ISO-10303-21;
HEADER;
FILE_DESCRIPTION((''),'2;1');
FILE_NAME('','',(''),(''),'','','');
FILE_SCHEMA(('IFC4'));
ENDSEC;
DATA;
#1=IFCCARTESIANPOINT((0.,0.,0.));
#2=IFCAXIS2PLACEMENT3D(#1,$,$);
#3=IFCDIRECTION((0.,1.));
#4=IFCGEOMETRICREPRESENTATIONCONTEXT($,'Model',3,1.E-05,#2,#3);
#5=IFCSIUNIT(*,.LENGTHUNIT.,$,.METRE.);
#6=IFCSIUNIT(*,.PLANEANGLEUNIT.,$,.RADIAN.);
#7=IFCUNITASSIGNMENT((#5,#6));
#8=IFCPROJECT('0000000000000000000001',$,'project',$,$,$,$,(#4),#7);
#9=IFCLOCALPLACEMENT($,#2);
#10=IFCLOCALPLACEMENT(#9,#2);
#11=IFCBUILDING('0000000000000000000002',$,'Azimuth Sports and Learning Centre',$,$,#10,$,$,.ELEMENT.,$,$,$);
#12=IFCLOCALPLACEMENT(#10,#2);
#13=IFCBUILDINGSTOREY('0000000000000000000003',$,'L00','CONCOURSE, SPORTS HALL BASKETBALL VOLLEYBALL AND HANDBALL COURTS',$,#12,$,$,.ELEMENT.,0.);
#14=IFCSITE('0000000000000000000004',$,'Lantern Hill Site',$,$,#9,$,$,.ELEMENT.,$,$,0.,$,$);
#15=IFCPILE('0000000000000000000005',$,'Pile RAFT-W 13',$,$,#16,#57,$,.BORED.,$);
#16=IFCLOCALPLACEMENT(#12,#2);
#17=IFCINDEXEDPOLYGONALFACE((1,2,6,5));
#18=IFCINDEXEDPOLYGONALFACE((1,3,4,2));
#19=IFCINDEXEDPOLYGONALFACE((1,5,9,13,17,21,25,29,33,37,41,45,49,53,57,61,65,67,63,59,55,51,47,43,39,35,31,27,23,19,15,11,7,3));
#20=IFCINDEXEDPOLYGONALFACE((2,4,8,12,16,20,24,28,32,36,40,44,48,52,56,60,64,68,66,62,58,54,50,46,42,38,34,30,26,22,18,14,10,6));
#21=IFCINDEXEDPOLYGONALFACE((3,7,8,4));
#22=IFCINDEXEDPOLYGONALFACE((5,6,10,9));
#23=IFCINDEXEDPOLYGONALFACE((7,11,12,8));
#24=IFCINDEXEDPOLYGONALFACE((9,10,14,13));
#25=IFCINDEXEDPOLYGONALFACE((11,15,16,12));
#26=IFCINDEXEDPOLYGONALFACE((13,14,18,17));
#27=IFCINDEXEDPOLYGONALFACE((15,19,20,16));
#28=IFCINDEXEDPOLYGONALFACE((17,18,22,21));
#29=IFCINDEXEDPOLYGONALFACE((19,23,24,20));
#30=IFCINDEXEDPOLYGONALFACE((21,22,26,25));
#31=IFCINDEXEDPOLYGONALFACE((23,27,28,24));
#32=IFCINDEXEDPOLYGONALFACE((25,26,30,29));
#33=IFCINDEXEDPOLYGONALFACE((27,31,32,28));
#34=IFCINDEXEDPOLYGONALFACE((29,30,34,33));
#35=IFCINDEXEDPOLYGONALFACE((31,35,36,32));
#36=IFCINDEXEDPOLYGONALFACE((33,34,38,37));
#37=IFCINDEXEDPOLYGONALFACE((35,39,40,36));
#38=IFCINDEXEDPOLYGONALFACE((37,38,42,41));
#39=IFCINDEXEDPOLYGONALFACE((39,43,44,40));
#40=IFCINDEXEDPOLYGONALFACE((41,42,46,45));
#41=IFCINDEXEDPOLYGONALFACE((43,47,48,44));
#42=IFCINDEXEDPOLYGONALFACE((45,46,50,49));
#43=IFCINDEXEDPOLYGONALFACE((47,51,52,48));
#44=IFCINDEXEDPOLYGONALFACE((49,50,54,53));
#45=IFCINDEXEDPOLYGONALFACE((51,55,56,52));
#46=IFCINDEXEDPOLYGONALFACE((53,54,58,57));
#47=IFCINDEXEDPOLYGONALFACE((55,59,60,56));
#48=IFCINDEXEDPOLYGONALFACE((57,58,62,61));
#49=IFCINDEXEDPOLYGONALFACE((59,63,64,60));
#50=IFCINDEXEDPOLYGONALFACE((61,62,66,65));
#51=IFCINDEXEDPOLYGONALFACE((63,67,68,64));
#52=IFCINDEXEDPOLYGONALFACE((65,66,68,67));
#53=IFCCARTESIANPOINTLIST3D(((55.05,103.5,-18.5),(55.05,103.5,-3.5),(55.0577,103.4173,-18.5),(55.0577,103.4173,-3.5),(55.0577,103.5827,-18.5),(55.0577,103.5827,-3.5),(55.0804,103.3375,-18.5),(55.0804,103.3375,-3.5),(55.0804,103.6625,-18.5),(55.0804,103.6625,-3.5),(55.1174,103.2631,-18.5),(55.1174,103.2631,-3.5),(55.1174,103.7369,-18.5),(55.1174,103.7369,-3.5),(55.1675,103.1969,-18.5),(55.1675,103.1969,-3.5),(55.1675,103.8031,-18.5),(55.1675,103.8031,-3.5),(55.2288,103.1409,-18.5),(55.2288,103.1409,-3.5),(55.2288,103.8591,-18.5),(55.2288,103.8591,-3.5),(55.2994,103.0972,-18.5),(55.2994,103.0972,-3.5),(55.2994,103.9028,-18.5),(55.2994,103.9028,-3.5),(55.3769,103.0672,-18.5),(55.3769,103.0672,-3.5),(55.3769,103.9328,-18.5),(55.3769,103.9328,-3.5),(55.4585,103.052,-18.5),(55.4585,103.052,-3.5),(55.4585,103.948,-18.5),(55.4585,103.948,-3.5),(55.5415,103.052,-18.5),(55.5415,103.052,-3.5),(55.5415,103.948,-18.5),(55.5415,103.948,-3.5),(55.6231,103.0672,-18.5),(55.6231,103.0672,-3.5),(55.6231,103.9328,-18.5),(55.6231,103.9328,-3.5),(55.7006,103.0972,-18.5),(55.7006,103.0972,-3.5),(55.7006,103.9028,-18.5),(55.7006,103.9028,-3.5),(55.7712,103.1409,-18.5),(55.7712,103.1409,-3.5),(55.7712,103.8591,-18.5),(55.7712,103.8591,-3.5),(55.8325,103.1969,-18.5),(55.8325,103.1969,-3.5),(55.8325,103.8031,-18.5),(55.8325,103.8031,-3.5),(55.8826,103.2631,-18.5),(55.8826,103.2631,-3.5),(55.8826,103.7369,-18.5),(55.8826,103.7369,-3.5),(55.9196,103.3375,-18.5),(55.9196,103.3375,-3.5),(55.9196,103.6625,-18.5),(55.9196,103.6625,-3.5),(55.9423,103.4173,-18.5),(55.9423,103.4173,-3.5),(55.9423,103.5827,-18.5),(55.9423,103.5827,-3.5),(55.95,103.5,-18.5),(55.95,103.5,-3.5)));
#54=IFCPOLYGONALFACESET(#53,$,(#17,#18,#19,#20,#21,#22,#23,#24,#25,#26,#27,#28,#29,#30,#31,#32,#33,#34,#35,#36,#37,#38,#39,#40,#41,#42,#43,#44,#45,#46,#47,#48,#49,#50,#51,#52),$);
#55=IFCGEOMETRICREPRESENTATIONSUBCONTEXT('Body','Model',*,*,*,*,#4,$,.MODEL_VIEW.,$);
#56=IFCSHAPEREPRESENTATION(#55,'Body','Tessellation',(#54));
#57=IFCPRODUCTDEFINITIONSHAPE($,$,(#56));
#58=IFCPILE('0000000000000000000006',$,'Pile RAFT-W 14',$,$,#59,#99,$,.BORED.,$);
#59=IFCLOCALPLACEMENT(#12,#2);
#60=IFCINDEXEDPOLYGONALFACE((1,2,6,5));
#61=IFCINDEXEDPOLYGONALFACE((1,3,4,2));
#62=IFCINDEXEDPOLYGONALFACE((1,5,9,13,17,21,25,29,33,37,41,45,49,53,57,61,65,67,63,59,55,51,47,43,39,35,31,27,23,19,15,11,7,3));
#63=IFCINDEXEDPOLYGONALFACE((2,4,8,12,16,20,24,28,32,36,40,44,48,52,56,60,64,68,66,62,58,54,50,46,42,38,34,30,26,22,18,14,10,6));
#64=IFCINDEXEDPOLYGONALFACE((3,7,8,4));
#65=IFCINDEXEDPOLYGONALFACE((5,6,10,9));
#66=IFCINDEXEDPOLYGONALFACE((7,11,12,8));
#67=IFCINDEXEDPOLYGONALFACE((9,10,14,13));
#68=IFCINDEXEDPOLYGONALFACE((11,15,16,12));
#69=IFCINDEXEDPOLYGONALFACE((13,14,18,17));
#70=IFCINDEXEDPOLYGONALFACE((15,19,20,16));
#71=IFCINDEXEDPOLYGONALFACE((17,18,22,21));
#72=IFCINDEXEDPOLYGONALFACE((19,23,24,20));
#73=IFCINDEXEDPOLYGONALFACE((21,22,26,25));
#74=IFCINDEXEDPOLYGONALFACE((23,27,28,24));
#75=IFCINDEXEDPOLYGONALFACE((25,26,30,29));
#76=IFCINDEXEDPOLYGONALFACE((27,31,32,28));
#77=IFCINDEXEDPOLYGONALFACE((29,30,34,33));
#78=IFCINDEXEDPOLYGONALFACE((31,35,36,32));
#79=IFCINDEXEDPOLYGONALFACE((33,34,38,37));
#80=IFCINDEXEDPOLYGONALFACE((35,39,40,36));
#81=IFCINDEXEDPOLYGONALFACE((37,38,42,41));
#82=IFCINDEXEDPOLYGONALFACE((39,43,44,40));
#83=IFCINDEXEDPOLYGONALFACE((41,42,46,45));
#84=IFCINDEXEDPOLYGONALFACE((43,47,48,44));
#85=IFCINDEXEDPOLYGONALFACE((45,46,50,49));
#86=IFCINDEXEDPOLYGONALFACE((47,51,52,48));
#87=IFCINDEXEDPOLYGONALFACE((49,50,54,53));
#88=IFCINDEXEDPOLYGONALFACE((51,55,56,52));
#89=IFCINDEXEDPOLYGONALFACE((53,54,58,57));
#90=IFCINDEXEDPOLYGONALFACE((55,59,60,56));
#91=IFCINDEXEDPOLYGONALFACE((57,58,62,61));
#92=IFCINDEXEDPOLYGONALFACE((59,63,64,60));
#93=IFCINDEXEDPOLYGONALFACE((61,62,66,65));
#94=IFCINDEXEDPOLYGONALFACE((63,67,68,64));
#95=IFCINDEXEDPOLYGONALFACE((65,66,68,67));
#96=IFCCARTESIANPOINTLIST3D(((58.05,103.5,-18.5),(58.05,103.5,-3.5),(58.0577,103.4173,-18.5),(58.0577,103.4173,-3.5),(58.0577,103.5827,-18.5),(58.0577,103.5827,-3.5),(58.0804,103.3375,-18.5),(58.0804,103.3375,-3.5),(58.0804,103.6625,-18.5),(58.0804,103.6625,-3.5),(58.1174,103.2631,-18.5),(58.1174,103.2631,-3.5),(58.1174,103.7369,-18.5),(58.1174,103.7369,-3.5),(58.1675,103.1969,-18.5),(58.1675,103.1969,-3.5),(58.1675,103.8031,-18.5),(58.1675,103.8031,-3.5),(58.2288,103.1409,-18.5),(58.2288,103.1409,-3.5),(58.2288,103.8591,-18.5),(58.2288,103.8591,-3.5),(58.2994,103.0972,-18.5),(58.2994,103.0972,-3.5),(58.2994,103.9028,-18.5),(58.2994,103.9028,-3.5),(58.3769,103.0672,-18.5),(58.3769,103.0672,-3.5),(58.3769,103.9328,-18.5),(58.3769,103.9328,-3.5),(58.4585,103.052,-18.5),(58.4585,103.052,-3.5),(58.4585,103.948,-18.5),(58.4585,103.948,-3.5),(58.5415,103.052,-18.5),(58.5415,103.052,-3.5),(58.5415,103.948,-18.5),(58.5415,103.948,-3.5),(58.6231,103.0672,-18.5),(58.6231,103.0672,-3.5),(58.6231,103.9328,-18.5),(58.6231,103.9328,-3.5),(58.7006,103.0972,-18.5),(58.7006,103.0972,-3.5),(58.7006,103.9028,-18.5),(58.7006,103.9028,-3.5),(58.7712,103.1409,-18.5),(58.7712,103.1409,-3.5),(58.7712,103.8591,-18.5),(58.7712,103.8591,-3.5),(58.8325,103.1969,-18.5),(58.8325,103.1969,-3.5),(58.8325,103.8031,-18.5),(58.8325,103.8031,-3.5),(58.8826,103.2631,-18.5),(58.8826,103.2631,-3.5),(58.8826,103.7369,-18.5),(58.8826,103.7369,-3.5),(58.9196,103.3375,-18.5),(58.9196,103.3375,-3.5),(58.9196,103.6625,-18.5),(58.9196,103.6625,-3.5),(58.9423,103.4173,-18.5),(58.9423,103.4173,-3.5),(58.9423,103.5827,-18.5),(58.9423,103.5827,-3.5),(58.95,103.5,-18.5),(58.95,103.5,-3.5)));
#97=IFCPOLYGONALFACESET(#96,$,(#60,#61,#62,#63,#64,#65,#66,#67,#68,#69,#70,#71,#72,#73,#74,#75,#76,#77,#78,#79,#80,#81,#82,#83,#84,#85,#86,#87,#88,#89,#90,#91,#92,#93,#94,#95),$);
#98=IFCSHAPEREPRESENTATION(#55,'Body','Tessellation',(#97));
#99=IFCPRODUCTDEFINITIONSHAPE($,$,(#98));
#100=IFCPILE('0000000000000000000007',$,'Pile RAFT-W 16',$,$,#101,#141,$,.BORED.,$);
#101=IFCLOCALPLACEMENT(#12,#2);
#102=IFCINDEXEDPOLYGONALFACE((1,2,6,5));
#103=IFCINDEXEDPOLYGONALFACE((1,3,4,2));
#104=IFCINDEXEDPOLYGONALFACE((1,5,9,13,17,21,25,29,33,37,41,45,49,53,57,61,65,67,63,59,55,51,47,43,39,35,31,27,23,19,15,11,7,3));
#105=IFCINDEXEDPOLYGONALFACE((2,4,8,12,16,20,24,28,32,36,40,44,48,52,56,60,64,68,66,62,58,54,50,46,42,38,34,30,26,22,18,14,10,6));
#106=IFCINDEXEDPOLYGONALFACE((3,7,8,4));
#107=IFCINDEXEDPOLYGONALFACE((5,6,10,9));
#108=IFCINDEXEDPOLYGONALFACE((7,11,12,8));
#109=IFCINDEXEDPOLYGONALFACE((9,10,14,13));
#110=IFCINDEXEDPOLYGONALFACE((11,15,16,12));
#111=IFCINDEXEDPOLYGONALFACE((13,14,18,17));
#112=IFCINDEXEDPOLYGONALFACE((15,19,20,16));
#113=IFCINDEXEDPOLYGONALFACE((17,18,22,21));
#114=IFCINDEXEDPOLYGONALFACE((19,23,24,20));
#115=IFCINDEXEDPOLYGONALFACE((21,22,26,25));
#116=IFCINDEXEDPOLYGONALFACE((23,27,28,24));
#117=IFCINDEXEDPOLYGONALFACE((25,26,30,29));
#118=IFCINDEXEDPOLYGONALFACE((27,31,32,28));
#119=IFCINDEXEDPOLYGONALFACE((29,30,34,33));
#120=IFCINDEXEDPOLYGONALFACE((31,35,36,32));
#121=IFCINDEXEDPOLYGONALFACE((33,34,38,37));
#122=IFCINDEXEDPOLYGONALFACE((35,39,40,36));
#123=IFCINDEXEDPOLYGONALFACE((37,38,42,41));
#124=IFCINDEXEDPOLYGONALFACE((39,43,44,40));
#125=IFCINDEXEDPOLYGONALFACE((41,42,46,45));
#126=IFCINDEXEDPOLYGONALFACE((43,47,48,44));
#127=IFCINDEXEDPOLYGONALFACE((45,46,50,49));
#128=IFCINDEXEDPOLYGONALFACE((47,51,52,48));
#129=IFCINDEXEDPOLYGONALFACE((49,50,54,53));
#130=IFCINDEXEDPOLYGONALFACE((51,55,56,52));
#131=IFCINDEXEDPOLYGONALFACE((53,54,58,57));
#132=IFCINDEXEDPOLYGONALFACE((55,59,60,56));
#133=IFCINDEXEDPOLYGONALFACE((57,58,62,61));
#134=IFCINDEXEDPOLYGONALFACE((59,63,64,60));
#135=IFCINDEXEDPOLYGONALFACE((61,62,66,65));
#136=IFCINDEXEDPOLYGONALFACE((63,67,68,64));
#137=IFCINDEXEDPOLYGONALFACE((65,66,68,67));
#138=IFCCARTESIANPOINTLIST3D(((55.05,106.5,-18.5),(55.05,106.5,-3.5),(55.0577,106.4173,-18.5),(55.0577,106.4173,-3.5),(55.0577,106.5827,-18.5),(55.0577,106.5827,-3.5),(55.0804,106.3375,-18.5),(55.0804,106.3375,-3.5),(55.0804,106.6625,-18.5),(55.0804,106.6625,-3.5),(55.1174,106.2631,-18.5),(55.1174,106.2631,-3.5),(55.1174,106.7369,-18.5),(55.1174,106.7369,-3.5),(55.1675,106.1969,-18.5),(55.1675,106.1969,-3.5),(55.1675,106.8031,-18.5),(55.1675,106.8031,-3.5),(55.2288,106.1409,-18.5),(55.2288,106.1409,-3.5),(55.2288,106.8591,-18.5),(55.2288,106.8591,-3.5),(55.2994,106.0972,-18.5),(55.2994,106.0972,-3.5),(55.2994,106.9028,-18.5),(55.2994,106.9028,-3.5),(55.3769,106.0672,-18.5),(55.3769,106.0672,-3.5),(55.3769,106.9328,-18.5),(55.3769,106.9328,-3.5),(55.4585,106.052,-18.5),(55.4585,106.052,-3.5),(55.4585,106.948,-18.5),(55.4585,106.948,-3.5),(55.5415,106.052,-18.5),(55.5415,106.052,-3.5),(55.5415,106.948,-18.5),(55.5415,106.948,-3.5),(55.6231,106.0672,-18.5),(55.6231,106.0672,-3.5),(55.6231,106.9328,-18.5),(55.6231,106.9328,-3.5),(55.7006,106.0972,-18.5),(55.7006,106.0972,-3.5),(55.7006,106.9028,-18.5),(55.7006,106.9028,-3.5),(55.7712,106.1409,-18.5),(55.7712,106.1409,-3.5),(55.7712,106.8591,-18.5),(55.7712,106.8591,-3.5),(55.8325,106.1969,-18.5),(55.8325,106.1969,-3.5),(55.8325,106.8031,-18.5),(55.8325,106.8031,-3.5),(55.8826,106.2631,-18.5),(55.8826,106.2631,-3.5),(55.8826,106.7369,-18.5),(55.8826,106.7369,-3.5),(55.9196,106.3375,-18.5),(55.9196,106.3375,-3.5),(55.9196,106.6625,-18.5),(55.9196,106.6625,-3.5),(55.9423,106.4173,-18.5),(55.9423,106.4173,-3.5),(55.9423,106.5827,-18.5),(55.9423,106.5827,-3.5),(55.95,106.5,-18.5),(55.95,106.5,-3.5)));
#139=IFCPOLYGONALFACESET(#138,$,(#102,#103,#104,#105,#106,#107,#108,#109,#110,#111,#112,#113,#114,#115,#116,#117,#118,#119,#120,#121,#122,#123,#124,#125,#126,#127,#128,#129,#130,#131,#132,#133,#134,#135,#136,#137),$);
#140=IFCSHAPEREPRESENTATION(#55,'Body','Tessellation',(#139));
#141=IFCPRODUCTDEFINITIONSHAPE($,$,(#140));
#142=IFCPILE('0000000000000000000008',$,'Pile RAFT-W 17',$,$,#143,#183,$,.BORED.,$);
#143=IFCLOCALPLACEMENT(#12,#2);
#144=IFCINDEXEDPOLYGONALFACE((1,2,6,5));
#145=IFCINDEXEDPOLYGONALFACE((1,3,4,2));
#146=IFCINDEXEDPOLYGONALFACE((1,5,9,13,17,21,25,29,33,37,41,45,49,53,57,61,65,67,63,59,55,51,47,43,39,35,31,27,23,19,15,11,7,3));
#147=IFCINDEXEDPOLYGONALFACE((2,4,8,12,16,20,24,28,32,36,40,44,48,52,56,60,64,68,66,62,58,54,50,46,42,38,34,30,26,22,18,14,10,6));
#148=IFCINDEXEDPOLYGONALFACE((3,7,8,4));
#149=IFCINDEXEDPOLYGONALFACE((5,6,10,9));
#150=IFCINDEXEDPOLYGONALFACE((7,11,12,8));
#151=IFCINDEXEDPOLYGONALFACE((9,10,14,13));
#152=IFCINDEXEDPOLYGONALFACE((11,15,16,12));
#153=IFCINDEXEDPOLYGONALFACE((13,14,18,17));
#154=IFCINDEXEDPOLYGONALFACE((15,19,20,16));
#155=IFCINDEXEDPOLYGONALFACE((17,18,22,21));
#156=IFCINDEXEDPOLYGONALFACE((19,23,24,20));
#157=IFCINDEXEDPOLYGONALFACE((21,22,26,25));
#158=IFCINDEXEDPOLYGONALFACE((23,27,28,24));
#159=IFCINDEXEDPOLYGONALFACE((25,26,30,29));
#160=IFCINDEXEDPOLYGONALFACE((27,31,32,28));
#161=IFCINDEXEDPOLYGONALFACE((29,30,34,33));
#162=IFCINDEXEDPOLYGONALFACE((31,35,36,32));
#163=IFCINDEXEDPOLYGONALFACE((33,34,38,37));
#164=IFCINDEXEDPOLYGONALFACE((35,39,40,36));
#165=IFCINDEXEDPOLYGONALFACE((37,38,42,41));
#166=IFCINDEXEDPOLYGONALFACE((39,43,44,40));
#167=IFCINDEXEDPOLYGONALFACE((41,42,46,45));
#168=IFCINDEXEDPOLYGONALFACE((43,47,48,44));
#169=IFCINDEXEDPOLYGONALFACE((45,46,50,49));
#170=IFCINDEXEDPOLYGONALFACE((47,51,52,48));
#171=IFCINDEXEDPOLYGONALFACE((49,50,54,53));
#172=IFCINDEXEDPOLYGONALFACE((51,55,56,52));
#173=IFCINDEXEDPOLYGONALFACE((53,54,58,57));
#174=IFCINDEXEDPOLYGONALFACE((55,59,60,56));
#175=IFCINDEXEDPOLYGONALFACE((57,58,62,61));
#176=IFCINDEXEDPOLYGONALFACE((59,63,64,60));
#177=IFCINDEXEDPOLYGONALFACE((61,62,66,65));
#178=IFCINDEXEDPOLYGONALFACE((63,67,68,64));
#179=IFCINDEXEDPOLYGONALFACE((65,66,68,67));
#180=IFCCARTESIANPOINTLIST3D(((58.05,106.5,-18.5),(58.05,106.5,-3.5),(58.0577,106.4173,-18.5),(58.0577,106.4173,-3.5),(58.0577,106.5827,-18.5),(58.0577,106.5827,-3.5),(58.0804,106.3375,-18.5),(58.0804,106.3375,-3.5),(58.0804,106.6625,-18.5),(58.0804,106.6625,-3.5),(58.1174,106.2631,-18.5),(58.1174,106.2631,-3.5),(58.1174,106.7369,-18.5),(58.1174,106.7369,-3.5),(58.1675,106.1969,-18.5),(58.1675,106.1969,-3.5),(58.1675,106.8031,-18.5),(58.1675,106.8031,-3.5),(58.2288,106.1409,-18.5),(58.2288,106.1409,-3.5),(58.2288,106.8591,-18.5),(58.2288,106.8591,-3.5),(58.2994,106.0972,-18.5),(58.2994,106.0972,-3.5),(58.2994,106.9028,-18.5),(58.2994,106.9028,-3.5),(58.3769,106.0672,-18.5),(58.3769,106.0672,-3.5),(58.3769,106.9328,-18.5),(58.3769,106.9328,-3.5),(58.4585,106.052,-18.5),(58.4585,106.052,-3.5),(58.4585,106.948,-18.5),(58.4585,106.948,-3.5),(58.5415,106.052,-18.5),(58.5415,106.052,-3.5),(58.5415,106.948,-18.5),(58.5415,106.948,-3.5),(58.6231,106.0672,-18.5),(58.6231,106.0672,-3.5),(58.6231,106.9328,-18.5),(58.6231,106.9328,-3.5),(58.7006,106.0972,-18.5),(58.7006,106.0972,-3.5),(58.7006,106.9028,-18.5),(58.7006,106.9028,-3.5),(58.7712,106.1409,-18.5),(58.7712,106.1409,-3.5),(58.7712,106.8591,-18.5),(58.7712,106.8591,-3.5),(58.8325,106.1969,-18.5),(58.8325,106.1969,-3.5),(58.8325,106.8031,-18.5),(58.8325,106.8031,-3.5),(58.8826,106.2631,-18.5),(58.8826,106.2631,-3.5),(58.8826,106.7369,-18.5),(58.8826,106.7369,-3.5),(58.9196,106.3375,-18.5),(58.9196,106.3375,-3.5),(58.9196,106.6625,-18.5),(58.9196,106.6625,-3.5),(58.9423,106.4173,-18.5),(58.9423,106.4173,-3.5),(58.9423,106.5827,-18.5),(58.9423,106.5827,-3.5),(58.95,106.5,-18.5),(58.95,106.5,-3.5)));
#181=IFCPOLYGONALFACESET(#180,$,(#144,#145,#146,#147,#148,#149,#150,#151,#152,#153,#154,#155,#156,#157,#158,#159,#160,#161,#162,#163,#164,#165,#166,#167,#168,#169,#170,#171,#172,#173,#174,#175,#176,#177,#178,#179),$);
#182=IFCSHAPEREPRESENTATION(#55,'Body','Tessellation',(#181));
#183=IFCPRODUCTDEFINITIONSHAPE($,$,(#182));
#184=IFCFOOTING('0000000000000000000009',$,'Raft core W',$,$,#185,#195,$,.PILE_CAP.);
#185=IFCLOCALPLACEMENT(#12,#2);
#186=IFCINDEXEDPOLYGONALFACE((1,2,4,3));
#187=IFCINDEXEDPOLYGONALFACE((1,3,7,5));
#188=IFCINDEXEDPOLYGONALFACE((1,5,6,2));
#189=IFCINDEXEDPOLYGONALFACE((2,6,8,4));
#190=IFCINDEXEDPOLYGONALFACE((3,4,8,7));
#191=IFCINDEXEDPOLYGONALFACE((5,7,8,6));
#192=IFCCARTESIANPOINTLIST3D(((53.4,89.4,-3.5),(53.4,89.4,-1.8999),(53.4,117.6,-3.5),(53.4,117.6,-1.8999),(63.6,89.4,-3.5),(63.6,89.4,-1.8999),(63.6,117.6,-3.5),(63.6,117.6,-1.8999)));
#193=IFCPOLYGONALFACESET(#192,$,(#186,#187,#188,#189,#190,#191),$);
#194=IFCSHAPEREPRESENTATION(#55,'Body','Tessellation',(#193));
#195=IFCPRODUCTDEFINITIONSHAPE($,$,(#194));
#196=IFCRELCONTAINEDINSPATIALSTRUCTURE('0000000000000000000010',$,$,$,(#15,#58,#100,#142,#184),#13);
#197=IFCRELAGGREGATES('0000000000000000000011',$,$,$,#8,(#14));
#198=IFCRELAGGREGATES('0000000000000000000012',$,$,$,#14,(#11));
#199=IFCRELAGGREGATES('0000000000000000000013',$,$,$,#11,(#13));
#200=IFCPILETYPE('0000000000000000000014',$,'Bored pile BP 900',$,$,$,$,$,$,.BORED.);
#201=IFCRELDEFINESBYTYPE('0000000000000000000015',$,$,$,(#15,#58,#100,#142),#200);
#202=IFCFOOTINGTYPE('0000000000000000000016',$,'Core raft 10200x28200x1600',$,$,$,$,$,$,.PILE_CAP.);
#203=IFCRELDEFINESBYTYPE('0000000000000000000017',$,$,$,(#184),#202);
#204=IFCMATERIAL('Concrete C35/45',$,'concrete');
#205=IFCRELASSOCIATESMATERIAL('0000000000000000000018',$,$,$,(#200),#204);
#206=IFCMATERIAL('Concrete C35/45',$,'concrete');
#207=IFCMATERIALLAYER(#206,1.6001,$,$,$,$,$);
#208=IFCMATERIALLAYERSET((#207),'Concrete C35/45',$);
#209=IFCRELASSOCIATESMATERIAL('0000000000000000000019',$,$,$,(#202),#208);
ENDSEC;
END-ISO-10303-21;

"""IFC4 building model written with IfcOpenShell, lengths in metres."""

from ifc_helpers import new_model, si_unit, direction, frame, origin, origin_2d, place, context, subcontext, project, spatial, rectangle, circle, extrude, material, layer, layer_set, material_profile, profile_set, type_object, element, save


model = new_model("IFC4")

# Units and contexts
model_context = context("Model", 3, precision=1e-05, world=origin(), true_north=direction((0.0, 1.0)))
body_context = subcontext(model_context, "Body", "Model", "MODEL_VIEW")
ifc_project = project(units=[si_unit("LENGTHUNIT", "METRE"), si_unit("PLANEANGLEUNIT", "RADIAN")], contexts=[model_context])

# Site, building, storey
site_placement = place(None, origin())
site = spatial("IfcSite", under=ifc_project, at=site_placement, Name="Lantern Hill Site", CompositionType="ELEMENT", RefElevation=0.0)
building_placement = place(site_placement, origin())
building = spatial("IfcBuilding", under=site, at=building_placement, Name="Azimuth Sports and Learning Centre", CompositionType="ELEMENT")
storey_placement = place(building_placement, origin())
storey = spatial("IfcBuildingStorey", under=building, at=storey_placement, Name="L00", Description="CONCOURSE, SPORTS HALL BASKETBALL VOLLEYBALL AND HANDBALL COURTS", CompositionType="ELEMENT", Elevation=0.0)

# Piles
ifc_material_1 = material(Name="Concrete C35/45", Category="concrete")
ifc_material_profile_1 = material_profile(ifc_material_1, circle(Radius=0.45, at=origin_2d()), Name="BP 900")
ifc_profile_set_1 = profile_set([ifc_material_profile_1], Name="Concrete C35/45")
pile_type = type_object("IfcPileType", Name="Bored pile BP 900", PredefinedType="BORED", material=ifc_profile_set_1)
for number, where, z_axis, x_axis, name in (
    (1, (55.5, 103.5, -3.5), (0.0, 0.0, -1.0), (1.0, 0.0, 0.0), "Pile RAFT-W 13"),
    (2, (58.5, 103.5, -3.5), (0.0, 0.0, -1.0), (1.0, 0.0, 0.0), "Pile RAFT-W 14"),
    (3, (55.5, 106.5, -3.5), (0.0, 0.0, -1.0), (1.0, 0.0, 0.0), "Pile RAFT-W 16"),
    (4, (58.5, 106.5, -3.5), (0.0, 0.0, -1.0), (1.0, 0.0, 0.0), "Pile RAFT-W 17"),
):
    element("IfcPile", number, at=place(storey_placement, frame(where, z_axis=z_axis, x_axis=x_axis)), inside=storey, type_object=pile_type, Name=name, PredefinedType="BORED", context=body_context, shape_type="SweptSolid", body=[
        extrude(circle(Radius=0.45, at=origin_2d()), origin(), (0.0, 0.0, 1.0), 15.0),
    ])

# Footing
ifc_material_2 = material(Name="Concrete C35/45", Category="concrete")
ifc_layer_1 = layer(ifc_material_2, 1.6001)
ifc_layer_set_1 = layer_set([ifc_layer_1], Name="Concrete C35/45")
footing_type = type_object("IfcFootingType", Name="Core raft 10200x28200x1600", PredefinedType="PILE_CAP", material=ifc_layer_set_1)
footing_placement = place(storey_placement, frame((58.5, 103.5, -3.5), z_axis=(0.0, 0.0, 1.0), x_axis=(1.0, 0.0, 0.0)))
element("IfcFooting", 5, at=footing_placement, inside=storey, type_object=footing_type, Name="Raft core W", PredefinedType="PILE_CAP", context=body_context, shape_type="SweptSolid", body=[
    extrude(rectangle(XDim=10.2, YDim=28.2, at=origin_2d()), origin(), (0.0, 0.0, 1.0), 1.6001),
])

save(model, "model.ifc")
